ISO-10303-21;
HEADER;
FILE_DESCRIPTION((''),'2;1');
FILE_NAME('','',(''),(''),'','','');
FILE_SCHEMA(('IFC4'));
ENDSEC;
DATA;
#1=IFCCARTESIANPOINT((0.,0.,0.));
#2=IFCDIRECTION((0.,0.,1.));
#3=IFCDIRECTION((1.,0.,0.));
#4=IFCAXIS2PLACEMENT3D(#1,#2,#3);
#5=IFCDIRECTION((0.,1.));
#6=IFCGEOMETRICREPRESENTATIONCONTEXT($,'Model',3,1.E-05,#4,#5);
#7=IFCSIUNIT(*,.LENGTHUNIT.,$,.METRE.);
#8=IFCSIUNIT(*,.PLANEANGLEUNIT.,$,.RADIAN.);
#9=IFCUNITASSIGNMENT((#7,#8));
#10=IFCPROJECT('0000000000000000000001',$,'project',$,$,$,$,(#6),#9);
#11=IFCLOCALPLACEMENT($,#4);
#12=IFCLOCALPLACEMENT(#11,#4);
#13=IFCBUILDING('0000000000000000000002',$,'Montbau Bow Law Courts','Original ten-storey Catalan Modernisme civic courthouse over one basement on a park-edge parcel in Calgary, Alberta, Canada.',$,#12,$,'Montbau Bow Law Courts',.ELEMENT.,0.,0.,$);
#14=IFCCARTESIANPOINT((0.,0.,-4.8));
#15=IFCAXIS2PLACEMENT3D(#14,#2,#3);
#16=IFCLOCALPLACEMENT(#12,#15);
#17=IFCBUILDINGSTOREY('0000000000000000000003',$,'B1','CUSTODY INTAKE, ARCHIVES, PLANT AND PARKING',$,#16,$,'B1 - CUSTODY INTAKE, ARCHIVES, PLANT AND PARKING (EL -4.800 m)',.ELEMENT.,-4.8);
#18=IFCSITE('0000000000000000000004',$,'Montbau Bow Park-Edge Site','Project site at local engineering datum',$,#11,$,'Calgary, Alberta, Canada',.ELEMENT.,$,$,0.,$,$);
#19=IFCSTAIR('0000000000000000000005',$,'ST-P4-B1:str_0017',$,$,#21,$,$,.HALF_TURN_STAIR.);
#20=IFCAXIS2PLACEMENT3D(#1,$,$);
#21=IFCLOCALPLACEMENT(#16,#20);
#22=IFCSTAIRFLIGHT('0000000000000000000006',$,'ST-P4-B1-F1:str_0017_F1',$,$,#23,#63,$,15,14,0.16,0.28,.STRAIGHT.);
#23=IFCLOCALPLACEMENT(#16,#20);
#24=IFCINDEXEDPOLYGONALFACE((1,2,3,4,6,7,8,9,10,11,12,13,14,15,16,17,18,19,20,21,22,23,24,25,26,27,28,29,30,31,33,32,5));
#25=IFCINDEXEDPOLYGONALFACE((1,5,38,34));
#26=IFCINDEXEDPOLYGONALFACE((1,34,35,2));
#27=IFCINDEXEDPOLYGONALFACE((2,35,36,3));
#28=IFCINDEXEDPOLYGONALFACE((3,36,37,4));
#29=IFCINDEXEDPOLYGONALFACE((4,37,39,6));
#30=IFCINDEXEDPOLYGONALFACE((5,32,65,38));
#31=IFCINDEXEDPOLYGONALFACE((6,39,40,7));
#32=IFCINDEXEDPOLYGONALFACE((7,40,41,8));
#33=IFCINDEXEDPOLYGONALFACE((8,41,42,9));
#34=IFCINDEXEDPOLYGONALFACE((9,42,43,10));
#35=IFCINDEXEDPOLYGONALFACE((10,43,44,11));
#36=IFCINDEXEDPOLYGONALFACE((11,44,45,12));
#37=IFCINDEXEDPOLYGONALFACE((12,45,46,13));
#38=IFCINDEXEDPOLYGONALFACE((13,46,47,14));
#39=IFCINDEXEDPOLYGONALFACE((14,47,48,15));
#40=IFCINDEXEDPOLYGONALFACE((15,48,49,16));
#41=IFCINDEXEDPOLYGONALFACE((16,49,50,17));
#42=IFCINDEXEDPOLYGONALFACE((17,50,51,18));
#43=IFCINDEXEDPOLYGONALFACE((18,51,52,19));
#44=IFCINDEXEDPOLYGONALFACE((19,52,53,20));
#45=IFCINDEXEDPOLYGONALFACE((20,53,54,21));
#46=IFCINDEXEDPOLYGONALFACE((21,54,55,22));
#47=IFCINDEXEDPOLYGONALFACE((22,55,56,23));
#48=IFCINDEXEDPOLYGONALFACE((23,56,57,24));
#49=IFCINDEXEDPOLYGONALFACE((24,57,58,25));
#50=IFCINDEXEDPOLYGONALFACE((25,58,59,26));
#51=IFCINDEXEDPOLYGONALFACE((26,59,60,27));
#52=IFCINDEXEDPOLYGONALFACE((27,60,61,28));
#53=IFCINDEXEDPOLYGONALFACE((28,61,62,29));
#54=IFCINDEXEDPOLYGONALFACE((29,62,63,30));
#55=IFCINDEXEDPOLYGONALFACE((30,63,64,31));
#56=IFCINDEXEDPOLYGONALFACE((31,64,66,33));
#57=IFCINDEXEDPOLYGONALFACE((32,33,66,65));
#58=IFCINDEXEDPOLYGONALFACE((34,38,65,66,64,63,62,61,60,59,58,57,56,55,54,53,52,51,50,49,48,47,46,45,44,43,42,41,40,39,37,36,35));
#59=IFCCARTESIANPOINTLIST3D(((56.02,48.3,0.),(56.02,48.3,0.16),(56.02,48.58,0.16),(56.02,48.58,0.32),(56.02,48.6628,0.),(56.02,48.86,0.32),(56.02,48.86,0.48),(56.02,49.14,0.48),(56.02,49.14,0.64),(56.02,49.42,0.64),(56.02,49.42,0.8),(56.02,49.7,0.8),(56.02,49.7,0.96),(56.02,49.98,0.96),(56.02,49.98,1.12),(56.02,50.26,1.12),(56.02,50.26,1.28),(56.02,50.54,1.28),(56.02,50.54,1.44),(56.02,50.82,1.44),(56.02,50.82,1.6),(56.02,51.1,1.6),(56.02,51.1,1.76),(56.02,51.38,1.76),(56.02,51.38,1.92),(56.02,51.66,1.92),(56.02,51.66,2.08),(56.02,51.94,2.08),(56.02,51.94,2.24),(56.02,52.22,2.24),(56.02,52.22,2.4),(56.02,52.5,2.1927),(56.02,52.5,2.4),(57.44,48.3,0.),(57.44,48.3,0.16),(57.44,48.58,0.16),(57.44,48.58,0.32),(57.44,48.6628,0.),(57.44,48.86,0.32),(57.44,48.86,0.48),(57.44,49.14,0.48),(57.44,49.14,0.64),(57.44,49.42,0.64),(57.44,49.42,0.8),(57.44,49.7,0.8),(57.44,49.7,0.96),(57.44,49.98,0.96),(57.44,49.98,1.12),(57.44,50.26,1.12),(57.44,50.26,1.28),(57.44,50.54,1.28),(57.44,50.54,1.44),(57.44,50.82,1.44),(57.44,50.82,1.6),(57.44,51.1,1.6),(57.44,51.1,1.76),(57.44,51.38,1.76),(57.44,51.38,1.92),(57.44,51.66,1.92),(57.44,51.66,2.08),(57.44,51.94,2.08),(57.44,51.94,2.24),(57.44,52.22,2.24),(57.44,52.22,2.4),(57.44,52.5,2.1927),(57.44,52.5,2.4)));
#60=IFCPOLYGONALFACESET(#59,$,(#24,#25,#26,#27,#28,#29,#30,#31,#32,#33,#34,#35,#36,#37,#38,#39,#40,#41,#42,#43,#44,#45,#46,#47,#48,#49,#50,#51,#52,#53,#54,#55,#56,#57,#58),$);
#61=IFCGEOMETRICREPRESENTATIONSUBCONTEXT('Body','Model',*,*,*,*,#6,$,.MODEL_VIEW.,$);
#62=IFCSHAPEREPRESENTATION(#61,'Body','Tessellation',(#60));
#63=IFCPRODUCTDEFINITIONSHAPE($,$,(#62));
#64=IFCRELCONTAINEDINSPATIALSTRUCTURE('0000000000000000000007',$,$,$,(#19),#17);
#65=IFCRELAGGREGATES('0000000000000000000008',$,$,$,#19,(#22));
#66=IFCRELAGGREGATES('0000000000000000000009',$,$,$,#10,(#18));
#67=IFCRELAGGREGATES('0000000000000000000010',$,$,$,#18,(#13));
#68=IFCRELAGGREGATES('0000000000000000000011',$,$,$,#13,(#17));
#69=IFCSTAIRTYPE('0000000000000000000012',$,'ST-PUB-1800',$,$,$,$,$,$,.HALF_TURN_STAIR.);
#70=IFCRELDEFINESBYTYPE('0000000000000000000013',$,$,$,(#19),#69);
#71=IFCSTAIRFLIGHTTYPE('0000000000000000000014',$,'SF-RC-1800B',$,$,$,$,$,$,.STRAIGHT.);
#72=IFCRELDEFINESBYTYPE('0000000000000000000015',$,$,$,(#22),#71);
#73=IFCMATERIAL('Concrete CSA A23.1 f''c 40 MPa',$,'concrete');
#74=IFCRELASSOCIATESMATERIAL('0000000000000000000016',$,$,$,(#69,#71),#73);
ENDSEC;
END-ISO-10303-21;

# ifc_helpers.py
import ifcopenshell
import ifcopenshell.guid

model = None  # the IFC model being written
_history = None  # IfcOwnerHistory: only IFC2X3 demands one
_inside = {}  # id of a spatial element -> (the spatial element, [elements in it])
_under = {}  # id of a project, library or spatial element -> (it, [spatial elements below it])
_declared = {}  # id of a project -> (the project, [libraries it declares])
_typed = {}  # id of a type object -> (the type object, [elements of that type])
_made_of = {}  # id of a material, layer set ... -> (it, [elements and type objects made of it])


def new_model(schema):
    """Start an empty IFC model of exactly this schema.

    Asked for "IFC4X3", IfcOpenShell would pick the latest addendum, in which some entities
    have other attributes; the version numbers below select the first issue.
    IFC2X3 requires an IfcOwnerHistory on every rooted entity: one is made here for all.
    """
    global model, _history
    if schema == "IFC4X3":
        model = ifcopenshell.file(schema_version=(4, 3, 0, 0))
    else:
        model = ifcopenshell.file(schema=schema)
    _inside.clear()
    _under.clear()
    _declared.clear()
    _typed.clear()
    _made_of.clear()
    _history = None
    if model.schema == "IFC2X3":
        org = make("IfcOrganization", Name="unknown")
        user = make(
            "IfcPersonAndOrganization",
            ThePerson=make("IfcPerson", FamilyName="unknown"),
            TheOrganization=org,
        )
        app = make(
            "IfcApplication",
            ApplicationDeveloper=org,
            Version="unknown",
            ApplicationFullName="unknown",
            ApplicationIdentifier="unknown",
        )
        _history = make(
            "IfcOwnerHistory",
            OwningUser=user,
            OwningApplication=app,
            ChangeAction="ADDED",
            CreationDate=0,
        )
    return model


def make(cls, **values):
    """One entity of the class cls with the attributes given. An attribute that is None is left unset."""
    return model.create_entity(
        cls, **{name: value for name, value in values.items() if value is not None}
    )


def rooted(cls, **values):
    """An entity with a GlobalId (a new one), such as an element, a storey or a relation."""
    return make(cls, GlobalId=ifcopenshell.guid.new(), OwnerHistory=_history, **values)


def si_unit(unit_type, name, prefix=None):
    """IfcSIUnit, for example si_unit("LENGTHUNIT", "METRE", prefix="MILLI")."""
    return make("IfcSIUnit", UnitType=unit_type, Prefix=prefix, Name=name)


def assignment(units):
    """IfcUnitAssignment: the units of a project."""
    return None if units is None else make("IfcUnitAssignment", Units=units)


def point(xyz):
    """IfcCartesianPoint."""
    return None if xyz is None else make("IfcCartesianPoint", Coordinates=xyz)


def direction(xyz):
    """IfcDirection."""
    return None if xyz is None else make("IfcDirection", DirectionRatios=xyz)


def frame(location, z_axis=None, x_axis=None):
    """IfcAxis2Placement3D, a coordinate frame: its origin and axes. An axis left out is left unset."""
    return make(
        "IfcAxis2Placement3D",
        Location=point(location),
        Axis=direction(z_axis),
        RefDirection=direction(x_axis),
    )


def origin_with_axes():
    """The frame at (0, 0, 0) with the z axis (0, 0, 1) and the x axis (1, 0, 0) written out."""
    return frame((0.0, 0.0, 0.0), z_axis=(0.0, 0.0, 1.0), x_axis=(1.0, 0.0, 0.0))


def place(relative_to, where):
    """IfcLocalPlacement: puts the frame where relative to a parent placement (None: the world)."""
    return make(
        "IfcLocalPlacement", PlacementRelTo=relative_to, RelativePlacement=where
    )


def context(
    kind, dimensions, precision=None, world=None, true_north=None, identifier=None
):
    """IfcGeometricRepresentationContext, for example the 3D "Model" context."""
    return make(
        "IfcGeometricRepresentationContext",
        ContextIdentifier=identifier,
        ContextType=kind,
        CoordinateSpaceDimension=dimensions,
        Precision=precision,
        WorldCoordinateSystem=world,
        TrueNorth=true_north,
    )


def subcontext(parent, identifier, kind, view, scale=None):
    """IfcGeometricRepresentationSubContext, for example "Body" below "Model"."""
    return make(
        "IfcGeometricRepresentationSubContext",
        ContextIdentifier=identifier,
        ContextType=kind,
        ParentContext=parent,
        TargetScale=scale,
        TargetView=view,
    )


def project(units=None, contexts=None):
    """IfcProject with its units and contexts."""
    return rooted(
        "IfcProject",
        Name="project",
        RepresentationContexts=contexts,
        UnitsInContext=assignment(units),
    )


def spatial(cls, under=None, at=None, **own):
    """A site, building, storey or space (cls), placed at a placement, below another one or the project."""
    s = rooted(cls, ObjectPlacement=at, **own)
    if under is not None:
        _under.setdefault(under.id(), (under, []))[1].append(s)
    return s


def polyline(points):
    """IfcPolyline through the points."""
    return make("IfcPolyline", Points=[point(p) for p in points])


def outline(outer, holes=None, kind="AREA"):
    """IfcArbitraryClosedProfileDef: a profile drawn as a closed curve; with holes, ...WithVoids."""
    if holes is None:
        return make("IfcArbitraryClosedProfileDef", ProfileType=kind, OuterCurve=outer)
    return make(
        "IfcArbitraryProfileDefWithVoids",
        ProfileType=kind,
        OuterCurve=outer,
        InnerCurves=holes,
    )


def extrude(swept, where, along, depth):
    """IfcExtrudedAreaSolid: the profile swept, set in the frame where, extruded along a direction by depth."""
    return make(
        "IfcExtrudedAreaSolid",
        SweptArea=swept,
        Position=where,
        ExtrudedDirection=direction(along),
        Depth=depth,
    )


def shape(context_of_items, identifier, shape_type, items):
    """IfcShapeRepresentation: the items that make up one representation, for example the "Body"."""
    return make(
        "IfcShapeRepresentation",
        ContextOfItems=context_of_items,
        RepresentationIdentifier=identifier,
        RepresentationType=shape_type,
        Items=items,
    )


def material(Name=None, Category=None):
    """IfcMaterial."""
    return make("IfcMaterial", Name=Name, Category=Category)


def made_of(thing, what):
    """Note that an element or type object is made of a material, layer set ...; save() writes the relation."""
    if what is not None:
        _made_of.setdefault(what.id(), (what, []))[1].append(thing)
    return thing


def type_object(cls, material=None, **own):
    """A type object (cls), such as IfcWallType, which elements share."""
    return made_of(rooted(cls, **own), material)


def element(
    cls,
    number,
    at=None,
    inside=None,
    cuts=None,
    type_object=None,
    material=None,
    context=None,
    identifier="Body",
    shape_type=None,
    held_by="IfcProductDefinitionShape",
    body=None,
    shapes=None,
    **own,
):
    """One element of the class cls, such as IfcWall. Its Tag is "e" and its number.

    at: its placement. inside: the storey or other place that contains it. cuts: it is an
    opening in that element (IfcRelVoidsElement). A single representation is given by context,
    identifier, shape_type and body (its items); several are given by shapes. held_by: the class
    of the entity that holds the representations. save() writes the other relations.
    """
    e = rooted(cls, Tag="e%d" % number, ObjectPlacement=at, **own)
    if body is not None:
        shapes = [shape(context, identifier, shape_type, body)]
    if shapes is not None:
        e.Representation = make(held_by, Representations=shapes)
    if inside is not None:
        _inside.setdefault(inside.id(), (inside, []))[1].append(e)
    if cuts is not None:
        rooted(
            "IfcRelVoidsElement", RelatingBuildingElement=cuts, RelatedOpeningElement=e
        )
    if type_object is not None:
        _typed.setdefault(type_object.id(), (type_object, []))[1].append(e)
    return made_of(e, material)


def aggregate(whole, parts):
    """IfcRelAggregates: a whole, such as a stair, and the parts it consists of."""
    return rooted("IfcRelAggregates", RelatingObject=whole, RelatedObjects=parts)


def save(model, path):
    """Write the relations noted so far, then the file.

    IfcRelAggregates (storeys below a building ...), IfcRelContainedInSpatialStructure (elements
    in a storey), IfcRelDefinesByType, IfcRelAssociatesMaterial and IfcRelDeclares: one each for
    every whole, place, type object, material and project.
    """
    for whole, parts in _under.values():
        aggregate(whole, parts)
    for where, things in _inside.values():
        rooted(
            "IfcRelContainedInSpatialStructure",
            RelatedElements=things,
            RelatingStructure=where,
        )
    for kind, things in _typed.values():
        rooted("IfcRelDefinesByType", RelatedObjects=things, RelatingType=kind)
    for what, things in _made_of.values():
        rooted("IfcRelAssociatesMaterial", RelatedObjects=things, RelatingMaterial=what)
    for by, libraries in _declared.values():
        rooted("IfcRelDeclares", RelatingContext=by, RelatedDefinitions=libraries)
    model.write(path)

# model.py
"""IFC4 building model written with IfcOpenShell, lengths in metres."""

from ifc_helpers import new_model, si_unit, direction, frame, origin_with_axes, place, context, subcontext, project, spatial, polyline, outline, extrude, material, type_object, element, aggregate, save


model = new_model("IFC4")

# Units and contexts
model_context = context("Model", 3, precision=1e-05, world=origin_with_axes(), true_north=direction((0.0, 1.0)))
body_context = subcontext(model_context, "Body", "Model", "MODEL_VIEW")
ifc_project = project(units=[si_unit("LENGTHUNIT", "METRE"), si_unit("PLANEANGLEUNIT", "RADIAN")], contexts=[model_context])

# Site, building, storey
site_placement = place(None, origin_with_axes())
site = spatial("IfcSite", under=ifc_project, at=site_placement, Name="Montbau Bow Park-Edge Site", Description="Project site at local engineering datum", LongName="Calgary, Alberta, Canada", CompositionType="ELEMENT", RefElevation=0.0)
building_placement = place(site_placement, origin_with_axes())
building = spatial("IfcBuilding", under=site, at=building_placement, Name="Montbau Bow Law Courts", Description="Original ten-storey Catalan Modernisme civic courthouse over one basement on a park-edge parcel in Calgary, Alberta, Canada.", LongName="Montbau Bow Law Courts", CompositionType="ELEMENT", ElevationOfRefHeight=0.0, ElevationOfTerrain=0.0)
storey_placement = place(building_placement, frame((0.0, 0.0, -4.8), z_axis=(0.0, 0.0, 1.0), x_axis=(1.0, 0.0, 0.0)))
storey = spatial("IfcBuildingStorey", under=building, at=storey_placement, Name="B1", Description="CUSTODY INTAKE, ARCHIVES, PLANT AND PARKING", LongName="B1 - CUSTODY INTAKE, ARCHIVES, PLANT AND PARKING (EL -4.800 m)", CompositionType="ELEMENT", Elevation=-4.8)

# Shared definitions
ifc_material_1 = material(Name="Concrete CSA A23.1 f'c 40 MPa", Category="concrete")

# Stair, stair flight
stair_type = type_object("IfcStairType", Name="ST-PUB-1800", PredefinedType="HALF_TURN_STAIR", material=ifc_material_1)
stair_placement = place(None, frame((56.73, 48.3, -4.8), z_axis=(0.0, 0.0, 1.0), x_axis=(1.0, 0.0, 0.0)))
stair = element("IfcStair", 1, at=stair_placement, inside=storey, type_object=stair_type, Name="ST-P4-B1:str_0017", PredefinedType="HALF_TURN_STAIR")
stair_flight_type = type_object("IfcStairFlightType", Name="SF-RC-1800B", PredefinedType="STRAIGHT", material=ifc_material_1)
stair_flight_placement = place(None, frame((56.73, 48.3, -4.8), z_axis=(0.0, 0.0, 1.0), x_axis=(0.0, 1.0, 0.0)))
stair_flight = element("IfcStairFlight", 2, at=stair_flight_placement, type_object=stair_flight_type, Name="ST-P4-B1-F1:str_0017_F1", NumberOfRisers=15, NumberOfTreads=14, PredefinedType="STRAIGHT", RiserHeight=0.16, TreadLength=0.28, context=body_context, shape_type="SweptSolid", body=[
    extrude(outline(polyline([(0.0, 0.0), (0.0, 0.16), (0.28, 0.16), (0.28, 0.32), (0.56, 0.32), (0.56, 0.48), (0.84, 0.48), (0.84, 0.64), (1.12, 0.64), (1.12, 0.8), (1.4, 0.8), (1.4, 0.96), (1.68, 0.96), (1.68, 1.12), (1.96, 1.12), (1.96, 1.28), (2.24, 1.28), (2.24, 1.44), (2.52, 1.44), (2.52, 1.6), (2.8, 1.6), (2.8, 1.76), (3.08, 1.76), (3.08, 1.92), (3.36, 1.92), (3.36, 2.08), (3.64, 2.08), (3.64, 2.24), (3.92, 2.24), (3.92, 2.4), (4.2, 2.4), (4.2, 2.1927), (0.3628, 0.0), (0.0, 0.0)])), frame((0.0, 0.71, 0.0), z_axis=(0.0, -1.0, 0.0), x_axis=(1.0, 0.0, 0.0)), (0.0, 0.0, 1.0), 1.42),
])
aggregate(stair, [stair_flight])

save(model, "model.ifc")
